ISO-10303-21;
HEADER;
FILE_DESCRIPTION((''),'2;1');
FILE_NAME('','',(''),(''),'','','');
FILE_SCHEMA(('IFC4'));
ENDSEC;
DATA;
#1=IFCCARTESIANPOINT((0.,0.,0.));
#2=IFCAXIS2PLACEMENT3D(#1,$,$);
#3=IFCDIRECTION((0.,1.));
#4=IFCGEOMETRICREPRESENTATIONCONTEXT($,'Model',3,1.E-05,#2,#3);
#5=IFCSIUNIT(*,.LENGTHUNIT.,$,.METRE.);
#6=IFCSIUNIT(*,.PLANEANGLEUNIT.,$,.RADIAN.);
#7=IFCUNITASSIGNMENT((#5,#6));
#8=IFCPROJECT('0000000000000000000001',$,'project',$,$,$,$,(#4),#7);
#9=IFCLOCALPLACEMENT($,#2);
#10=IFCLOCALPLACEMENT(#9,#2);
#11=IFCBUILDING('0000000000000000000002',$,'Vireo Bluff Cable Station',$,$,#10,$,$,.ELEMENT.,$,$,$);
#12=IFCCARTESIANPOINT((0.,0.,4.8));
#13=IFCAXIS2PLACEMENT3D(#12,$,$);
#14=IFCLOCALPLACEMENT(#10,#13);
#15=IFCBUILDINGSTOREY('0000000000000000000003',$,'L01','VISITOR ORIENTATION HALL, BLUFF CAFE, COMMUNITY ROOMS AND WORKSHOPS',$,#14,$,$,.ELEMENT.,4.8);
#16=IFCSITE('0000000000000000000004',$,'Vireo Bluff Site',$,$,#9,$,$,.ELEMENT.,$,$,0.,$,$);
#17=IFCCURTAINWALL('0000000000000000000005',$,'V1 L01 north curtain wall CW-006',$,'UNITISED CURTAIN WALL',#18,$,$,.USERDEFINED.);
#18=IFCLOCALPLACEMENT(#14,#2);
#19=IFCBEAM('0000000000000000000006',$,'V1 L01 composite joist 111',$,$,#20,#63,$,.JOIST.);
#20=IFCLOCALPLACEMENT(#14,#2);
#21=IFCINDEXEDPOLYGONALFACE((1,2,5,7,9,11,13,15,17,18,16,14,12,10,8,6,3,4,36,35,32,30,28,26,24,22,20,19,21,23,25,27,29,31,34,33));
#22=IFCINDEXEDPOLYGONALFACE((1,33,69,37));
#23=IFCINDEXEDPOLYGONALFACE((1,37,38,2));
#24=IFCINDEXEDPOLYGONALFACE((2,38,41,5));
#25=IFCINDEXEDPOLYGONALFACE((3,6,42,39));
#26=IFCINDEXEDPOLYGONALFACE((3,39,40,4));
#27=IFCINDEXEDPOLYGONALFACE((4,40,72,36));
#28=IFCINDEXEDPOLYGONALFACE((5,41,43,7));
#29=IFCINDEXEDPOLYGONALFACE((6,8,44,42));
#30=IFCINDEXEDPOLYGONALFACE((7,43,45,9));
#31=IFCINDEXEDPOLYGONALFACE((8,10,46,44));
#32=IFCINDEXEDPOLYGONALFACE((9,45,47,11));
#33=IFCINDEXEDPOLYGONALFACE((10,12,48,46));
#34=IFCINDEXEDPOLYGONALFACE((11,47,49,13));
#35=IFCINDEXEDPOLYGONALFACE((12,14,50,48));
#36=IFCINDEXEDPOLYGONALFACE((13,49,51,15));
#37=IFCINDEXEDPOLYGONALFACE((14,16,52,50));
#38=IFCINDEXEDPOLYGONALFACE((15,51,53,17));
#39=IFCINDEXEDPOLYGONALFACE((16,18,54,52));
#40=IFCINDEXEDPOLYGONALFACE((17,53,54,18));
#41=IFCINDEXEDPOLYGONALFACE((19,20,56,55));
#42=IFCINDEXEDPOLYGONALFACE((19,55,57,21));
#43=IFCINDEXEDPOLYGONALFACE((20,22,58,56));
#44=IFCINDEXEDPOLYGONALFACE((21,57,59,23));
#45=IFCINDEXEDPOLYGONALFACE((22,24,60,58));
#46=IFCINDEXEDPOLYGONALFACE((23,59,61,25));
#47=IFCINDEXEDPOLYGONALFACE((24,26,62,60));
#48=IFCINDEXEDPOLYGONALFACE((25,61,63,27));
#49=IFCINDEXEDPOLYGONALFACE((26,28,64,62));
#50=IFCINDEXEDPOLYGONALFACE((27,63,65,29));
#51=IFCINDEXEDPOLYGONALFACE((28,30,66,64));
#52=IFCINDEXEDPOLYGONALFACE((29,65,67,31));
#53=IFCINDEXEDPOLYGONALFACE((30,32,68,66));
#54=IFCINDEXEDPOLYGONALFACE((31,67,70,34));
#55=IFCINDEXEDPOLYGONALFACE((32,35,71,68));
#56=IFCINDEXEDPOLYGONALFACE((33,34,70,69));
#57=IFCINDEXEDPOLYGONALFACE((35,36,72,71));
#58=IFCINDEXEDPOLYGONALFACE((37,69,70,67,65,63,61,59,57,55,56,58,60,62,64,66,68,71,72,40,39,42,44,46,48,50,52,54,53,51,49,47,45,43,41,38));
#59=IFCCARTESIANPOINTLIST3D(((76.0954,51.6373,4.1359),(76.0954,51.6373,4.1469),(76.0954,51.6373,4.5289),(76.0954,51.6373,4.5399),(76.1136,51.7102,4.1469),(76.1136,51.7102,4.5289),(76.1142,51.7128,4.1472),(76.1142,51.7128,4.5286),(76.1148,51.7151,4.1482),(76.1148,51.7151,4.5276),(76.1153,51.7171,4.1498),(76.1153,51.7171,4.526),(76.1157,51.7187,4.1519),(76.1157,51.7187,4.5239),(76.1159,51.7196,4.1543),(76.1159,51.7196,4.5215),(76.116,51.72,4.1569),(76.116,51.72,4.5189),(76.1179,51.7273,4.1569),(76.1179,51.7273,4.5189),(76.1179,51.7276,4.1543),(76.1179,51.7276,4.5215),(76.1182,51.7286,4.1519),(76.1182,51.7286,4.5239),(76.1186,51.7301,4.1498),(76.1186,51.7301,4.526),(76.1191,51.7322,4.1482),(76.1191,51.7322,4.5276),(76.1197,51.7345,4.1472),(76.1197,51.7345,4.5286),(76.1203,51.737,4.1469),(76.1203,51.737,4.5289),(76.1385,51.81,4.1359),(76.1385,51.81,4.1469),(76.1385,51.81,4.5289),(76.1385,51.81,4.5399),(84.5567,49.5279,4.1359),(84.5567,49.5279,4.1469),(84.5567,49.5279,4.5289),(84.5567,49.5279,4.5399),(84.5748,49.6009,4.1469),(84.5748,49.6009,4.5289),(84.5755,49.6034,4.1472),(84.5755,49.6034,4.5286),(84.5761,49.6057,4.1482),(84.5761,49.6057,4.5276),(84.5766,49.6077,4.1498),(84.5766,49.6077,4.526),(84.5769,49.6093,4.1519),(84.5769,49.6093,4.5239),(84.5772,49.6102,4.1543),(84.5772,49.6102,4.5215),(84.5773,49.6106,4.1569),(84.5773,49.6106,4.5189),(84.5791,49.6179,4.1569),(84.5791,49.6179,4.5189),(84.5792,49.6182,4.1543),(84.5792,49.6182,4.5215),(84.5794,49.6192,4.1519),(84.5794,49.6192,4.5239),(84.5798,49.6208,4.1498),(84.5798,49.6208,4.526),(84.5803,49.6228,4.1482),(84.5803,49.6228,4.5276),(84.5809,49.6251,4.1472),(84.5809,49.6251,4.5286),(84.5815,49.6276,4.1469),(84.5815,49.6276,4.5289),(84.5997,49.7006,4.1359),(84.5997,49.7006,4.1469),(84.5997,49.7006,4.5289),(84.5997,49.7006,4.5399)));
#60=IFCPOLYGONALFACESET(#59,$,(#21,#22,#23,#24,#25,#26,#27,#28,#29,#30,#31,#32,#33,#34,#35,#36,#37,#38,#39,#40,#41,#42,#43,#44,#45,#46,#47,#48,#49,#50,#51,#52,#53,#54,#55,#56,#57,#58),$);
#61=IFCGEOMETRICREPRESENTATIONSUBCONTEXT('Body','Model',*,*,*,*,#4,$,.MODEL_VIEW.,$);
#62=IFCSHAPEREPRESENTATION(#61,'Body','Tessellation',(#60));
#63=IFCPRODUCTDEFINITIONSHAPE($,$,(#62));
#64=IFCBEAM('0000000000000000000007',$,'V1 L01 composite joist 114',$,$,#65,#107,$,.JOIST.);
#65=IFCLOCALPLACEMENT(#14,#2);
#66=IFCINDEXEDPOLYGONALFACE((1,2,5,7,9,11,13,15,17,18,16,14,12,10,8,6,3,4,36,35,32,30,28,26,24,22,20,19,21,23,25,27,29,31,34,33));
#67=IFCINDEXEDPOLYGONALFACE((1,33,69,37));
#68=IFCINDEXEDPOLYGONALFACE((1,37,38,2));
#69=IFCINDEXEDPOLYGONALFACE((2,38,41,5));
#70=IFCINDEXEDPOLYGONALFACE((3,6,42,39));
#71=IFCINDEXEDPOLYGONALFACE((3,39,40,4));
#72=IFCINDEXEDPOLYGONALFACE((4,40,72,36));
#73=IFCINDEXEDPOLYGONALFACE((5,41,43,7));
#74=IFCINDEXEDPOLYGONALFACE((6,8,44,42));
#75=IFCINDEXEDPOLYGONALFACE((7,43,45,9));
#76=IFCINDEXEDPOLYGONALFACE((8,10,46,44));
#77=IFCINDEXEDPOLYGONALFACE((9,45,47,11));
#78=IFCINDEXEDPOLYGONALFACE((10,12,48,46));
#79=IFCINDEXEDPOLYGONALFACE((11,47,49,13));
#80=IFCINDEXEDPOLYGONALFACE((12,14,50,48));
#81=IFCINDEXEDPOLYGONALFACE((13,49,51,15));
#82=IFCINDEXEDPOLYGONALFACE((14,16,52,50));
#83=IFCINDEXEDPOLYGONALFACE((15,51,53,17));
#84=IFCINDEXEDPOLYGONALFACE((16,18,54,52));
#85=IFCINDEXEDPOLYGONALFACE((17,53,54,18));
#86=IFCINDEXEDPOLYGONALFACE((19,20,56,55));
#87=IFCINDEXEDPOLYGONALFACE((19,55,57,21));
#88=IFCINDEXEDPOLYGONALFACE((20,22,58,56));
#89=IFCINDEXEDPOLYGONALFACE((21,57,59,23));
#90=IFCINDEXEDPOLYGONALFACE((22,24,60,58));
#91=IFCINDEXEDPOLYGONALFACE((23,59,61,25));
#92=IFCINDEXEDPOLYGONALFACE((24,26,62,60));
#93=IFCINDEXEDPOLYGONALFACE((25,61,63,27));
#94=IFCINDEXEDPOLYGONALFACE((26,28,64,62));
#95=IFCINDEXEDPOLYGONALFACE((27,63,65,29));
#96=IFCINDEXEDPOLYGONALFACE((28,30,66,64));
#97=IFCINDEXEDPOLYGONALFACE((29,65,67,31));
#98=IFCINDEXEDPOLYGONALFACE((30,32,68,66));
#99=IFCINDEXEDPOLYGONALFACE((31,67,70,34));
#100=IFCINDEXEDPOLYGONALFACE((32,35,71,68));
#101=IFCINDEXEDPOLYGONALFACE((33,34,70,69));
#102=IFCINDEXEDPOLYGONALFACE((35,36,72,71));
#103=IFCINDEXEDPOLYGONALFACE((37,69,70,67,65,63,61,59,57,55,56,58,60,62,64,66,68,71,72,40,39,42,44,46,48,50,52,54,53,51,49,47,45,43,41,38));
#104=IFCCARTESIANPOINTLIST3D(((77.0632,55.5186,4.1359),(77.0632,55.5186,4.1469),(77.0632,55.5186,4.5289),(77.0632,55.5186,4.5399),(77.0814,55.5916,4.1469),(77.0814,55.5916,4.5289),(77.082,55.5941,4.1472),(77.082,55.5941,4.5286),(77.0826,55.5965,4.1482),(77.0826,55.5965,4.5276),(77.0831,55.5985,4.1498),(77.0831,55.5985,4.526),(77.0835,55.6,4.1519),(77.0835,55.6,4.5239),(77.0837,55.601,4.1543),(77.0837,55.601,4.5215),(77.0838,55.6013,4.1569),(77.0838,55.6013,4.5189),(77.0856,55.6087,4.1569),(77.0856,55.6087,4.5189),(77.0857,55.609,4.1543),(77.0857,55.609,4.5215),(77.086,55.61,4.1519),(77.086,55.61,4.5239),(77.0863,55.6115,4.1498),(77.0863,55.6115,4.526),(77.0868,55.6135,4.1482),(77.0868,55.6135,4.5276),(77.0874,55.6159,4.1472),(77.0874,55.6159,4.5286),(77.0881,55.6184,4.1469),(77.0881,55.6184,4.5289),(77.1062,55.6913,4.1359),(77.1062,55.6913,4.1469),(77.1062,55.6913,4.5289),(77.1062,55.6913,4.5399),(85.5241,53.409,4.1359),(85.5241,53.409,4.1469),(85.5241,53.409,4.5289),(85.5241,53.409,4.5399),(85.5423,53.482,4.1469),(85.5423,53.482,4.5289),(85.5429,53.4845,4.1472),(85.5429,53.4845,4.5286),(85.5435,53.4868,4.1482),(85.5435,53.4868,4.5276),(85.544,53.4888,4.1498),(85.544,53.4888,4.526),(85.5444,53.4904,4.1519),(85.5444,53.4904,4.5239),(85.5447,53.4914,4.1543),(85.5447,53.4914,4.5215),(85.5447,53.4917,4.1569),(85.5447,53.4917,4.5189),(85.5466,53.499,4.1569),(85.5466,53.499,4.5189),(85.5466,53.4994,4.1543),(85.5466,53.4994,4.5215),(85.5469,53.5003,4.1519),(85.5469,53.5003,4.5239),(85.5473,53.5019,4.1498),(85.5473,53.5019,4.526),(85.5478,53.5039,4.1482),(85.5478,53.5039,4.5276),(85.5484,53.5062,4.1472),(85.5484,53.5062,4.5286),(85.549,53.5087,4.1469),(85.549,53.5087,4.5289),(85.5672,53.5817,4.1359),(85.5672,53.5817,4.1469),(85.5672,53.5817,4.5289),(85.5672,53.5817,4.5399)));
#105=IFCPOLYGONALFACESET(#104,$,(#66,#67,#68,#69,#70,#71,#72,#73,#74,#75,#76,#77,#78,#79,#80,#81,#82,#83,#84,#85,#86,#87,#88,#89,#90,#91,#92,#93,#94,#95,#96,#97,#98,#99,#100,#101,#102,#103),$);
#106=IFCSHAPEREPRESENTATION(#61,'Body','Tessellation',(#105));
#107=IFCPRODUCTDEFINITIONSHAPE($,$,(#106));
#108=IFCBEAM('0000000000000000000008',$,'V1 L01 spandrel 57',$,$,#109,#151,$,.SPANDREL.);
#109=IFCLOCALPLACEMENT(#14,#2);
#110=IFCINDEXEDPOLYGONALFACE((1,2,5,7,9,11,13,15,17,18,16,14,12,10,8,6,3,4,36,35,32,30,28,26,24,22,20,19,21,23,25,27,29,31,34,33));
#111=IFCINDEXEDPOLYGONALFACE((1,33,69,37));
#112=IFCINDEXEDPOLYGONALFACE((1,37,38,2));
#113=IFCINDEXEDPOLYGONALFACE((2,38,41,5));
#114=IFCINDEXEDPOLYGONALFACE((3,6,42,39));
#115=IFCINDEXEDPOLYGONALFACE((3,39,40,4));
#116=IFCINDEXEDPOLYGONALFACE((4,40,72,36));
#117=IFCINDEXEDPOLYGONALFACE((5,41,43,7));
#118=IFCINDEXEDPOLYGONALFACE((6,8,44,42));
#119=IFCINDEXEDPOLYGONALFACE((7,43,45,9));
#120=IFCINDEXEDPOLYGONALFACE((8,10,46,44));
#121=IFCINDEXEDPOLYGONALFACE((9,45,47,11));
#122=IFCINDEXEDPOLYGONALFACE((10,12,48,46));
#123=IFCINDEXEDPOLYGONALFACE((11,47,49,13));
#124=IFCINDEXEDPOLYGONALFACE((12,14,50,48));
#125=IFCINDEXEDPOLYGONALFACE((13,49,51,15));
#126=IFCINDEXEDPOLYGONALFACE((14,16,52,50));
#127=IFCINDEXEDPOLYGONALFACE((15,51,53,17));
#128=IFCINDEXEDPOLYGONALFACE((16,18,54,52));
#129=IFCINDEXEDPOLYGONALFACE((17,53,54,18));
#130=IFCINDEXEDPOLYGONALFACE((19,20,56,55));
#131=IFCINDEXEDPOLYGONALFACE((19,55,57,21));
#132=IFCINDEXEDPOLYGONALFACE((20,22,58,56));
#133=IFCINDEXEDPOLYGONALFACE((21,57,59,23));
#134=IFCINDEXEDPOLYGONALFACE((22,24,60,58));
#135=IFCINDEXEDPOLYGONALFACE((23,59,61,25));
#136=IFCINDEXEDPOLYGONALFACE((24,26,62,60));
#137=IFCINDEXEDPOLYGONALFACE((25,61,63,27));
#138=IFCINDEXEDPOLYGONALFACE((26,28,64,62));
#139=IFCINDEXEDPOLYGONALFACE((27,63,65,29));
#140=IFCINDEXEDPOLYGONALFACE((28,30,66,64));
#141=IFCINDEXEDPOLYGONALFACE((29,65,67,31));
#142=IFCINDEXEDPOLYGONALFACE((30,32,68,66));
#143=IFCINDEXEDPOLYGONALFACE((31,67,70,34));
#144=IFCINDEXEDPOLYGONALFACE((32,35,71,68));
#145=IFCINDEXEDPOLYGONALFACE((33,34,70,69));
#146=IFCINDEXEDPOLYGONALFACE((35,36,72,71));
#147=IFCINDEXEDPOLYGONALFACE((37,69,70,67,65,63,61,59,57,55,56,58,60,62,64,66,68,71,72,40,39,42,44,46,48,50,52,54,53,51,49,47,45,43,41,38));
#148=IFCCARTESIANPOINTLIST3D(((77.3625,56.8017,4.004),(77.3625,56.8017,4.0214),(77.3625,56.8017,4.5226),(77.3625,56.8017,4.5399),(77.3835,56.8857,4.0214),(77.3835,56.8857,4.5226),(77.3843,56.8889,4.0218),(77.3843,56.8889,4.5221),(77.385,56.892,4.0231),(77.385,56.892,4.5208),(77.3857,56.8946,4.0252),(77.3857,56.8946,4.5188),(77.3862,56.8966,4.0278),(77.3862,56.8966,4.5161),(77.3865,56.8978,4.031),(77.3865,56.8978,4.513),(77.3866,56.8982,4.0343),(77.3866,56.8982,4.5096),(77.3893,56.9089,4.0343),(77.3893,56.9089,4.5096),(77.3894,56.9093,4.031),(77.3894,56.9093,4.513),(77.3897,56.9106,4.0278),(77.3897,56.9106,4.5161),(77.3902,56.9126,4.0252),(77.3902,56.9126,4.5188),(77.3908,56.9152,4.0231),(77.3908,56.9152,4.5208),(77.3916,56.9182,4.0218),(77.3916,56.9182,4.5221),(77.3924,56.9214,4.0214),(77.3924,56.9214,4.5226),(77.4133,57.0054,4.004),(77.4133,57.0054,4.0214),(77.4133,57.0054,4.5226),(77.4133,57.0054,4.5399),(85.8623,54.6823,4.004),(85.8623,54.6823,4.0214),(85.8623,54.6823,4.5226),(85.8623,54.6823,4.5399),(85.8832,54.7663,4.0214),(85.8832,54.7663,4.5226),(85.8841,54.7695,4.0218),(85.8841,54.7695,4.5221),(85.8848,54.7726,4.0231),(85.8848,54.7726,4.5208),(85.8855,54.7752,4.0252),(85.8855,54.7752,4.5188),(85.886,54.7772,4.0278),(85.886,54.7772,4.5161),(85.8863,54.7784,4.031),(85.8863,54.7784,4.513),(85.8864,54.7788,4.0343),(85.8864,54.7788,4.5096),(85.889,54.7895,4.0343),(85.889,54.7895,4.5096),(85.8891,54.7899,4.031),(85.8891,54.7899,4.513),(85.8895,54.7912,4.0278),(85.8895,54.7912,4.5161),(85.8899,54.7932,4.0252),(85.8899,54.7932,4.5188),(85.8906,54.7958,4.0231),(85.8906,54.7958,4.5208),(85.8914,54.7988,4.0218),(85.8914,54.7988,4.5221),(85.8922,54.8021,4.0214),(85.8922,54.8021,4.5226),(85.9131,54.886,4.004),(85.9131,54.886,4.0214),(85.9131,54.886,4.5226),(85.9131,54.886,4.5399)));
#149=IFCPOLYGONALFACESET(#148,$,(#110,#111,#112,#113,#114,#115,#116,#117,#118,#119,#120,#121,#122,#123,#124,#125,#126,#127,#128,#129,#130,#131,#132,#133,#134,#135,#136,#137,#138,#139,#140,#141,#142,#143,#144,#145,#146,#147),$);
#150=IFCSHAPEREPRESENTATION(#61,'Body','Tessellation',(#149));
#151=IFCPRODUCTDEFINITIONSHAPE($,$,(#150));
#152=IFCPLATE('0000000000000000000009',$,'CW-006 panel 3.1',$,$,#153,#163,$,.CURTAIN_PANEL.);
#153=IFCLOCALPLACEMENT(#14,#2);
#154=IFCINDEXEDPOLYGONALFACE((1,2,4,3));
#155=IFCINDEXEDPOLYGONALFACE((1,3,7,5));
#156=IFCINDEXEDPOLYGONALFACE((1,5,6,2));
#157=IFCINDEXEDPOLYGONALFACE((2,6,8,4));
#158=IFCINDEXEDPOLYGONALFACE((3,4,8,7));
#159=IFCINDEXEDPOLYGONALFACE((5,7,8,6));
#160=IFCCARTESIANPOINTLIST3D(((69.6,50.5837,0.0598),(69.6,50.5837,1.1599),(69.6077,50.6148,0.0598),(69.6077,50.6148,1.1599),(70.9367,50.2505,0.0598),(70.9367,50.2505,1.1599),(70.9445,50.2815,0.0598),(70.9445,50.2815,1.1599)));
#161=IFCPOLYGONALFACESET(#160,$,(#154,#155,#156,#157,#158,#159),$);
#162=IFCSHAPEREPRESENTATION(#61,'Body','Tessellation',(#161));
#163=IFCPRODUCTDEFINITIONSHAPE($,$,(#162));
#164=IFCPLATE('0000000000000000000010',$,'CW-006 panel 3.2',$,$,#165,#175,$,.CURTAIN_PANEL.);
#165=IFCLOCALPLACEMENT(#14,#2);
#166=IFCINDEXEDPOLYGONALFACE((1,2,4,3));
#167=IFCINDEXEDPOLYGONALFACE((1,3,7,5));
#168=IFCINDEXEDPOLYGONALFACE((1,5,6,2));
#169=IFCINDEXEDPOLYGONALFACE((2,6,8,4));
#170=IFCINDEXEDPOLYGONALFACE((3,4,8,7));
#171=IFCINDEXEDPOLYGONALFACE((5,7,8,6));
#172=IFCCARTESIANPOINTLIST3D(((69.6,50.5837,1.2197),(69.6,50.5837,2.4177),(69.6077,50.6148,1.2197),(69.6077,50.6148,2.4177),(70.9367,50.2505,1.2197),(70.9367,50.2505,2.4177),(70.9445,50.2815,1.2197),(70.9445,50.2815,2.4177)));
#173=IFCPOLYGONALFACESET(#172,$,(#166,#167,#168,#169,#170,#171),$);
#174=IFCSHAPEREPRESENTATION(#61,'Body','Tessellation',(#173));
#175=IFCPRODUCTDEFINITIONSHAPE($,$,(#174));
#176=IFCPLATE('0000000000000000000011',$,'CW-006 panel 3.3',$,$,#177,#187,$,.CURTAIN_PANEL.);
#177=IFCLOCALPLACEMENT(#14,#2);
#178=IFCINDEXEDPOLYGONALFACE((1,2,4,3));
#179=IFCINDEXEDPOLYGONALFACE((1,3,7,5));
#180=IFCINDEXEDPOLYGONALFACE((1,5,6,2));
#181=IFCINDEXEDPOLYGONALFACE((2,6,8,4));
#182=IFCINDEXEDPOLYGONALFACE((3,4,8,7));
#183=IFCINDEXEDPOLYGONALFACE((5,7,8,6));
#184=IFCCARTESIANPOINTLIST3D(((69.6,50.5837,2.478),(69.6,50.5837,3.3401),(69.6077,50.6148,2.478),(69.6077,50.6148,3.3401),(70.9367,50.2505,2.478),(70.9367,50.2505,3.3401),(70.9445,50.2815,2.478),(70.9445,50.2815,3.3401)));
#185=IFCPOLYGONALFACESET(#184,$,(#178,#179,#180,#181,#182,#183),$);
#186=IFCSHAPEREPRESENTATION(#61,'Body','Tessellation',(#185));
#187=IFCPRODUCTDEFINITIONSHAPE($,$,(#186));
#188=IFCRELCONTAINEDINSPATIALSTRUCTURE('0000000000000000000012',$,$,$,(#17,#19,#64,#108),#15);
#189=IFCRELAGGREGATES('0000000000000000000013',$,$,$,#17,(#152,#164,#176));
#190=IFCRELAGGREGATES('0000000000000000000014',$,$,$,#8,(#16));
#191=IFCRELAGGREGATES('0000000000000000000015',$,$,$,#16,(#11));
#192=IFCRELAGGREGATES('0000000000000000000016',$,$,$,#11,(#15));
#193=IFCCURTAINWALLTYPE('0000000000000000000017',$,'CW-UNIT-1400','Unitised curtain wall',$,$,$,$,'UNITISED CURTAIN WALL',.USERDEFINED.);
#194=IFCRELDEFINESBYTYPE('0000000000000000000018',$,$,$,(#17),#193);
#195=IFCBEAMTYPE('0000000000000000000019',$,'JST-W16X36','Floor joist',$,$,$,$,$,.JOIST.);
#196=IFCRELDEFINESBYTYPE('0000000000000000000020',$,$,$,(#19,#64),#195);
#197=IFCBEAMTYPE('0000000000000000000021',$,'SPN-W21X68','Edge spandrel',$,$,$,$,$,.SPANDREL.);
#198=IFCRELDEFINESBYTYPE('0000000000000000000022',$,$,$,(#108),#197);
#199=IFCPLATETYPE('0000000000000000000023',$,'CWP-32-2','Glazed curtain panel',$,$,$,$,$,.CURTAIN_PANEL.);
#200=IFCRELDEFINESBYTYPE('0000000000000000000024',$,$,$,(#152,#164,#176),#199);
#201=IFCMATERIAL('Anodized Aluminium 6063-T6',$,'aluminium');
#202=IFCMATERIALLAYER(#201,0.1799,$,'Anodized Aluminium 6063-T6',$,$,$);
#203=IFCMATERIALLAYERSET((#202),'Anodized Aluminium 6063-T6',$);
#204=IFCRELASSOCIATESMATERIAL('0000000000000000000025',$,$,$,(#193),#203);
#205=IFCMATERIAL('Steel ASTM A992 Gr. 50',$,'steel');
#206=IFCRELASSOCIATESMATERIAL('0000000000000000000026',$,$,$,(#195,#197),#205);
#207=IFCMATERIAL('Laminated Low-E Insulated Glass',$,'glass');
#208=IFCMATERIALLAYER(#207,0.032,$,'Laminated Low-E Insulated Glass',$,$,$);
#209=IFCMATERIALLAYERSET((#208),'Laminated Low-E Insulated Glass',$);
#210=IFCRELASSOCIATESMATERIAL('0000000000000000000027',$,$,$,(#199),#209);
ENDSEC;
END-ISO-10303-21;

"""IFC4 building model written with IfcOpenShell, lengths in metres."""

from ifc_helpers import new_model, si_unit, direction, frame, origin, origin_2d, place, context, subcontext, project, spatial, rectangle, i_section, extrude, material, layer, layer_set, material_profile, profile_set, type_object, element, aggregate, save


model = new_model("IFC4")

# Units and contexts
model_context = context("Model", 3, precision=1e-05, world=origin(), true_north=direction((0.0, 1.0)))
body_context = subcontext(model_context, "Body", "Model", "MODEL_VIEW")
ifc_project = project(units=[si_unit("LENGTHUNIT", "METRE"), si_unit("PLANEANGLEUNIT", "RADIAN")], contexts=[model_context])

# Site, building, storey
site_placement = place(None, origin())
site = spatial("IfcSite", under=ifc_project, at=site_placement, Name="Vireo Bluff Site", CompositionType="ELEMENT", RefElevation=0.0)
building_placement = place(site_placement, origin())
building = spatial("IfcBuilding", under=site, at=building_placement, Name="Vireo Bluff Cable Station", CompositionType="ELEMENT")
storey_placement = place(building_placement, frame((0.0, 0.0, 4.8)))
storey = spatial("IfcBuildingStorey", under=building, at=storey_placement, Name="L01", Description="VISITOR ORIENTATION HALL, BLUFF CAFE, COMMUNITY ROOMS AND WORKSHOPS", CompositionType="ELEMENT", Elevation=4.8)

# Shared definitions
ifc_material_1 = material(Name="Steel ASTM A992 Gr. 50", Category="steel")

# Shared definitions
ifc_material_2 = material(Name="Anodized Aluminium 6063-T6", Category="aluminium")
ifc_layer_1 = layer(ifc_material_2, 0.1799, Name="Anodized Aluminium 6063-T6")
ifc_layer_set_1 = layer_set([ifc_layer_1], Name="Anodized Aluminium 6063-T6")
curtain_wall_type = type_object("IfcCurtainWallType", Name="CW-UNIT-1400", Description="Unitised curtain wall", ElementType="UNITISED CURTAIN WALL", PredefinedType="USERDEFINED", material=ifc_layer_set_1)

# Curtain wall
curtain_wall_1_placement = place(storey_placement, origin())
curtain_wall_1 = element("IfcCurtainWall", 1, at=curtain_wall_1_placement, inside=storey, type_object=curtain_wall_type, Name="V1 L01 north curtain wall CW-006", ObjectType="UNITISED CURTAIN WALL", PredefinedType="USERDEFINED")

# Beams
ifc_material_profile_1 = material_profile(ifc_material_1, i_section(OverallWidth=0.178, OverallDepth=0.4041, WebThickness=0.0076, FlangeThickness=0.011, FilletRadius=0.01, at=origin_2d()), Name="W16X36")
ifc_profile_set_1 = profile_set([ifc_material_profile_1], Name="Steel ASTM A992 Gr. 50")
beam_type_1 = type_object("IfcBeamType", Name="JST-W16X36", Description="Floor joist", PredefinedType="JOIST", material=ifc_profile_set_1)
beam_1_placement = place(storey_placement, frame((76.1169, 51.7236, 4.3379), z_axis=(0.970302, -0.241897, 0.0), x_axis=(0.241897, 0.970302, 0.0)))
element("IfcBeam", 2, at=beam_1_placement, inside=storey, type_object=beam_type_1, Name="V1 L01 composite joist 111", PredefinedType="JOIST", context=body_context, shape_type="SweptSolid", body=[
    extrude(i_section(OverallWidth=0.178, OverallDepth=0.4041, WebThickness=0.0076, FlangeThickness=0.011, FilletRadius=0.01, at=origin_2d()), origin(), (0.0, 0.0, 1.0), 8.7202),
])
beam_2_placement = place(storey_placement, frame((77.0847, 55.605, 4.3379), z_axis=(0.970294, -0.24193, 0.0), x_axis=(0.24193, 0.970294, 0.0)))
element("IfcBeam", 3, at=beam_2_placement, inside=storey, type_object=beam_type_1, Name="V1 L01 composite joist 114", PredefinedType="JOIST", context=body_context, shape_type="SweptSolid", body=[
    extrude(i_section(OverallWidth=0.178, OverallDepth=0.4041, WebThickness=0.0076, FlangeThickness=0.011, FilletRadius=0.01, at=origin_2d()), origin(), (0.0, 0.0, 1.0), 8.72),
])
ifc_material_profile_2 = material_profile(ifc_material_1, i_section(OverallWidth=0.21, OverallDepth=0.5359, WebThickness=0.011, FlangeThickness=0.0173, FilletRadius=0.0129, at=origin_2d()), Name="W21X68")
ifc_profile_set_2 = profile_set([ifc_material_profile_2], Name="Steel ASTM A992 Gr. 50")
beam_type_2 = type_object("IfcBeamType", Name="SPN-W21X68", Description="Edge spandrel", PredefinedType="SPANDREL", material=ifc_profile_set_2)
beam_3_placement = place(storey_placement, frame((77.3879, 56.9036, 4.272), z_axis=(0.970292, -0.241939, 0.0), x_axis=(0.241939, 0.970292, 0.0)))
element("IfcBeam", 4, at=beam_3_placement, inside=storey, type_object=beam_type_2, Name="V1 L01 spandrel 57", PredefinedType="SPANDREL", context=body_context, shape_type="SweptSolid", body=[
    extrude(i_section(OverallWidth=0.21, OverallDepth=0.5359, WebThickness=0.011, FlangeThickness=0.0173, FilletRadius=0.0129, at=origin_2d()), origin(), (0.0, 0.0, 1.0), 8.76),
])

# Plates
ifc_material_3 = material(Name="Laminated Low-E Insulated Glass", Category="glass")
ifc_layer_2 = layer(ifc_material_3, 0.032, Name="Laminated Low-E Insulated Glass")
ifc_layer_set_2 = layer_set([ifc_layer_2], Name="Laminated Low-E Insulated Glass")
plate_type = type_object("IfcPlateType", Name="CWP-32-2", Description="Glazed curtain panel", PredefinedType="CURTAIN_PANEL", material=ifc_layer_set_2)
plate_1_placement = place(storey_placement, frame((70.2722, 50.4326, 0.0598), z_axis=(0.0, 0.0, 1.0), x_axis=(0.970296, -0.241922, 0.0)))
plate_1 = element("IfcPlate", 5, at=plate_1_placement, type_object=plate_type, Name="CW-006 panel 3.1", PredefinedType="CURTAIN_PANEL", context=body_context, shape_type="SweptSolid", body=[
    extrude(rectangle(XDim=1.3777, YDim=0.032, at=origin_2d()), origin(), (0.0, 0.0, 1.0), 1.1001),
])
plate_2_placement = place(storey_placement, frame((70.2722, 50.4326, 1.2197), z_axis=(0.0, 0.0, 1.0), x_axis=(0.970296, -0.241922, 0.0)))
plate_2 = element("IfcPlate", 6, at=plate_2_placement, type_object=plate_type, Name="CW-006 panel 3.2", PredefinedType="CURTAIN_PANEL", context=body_context, shape_type="SweptSolid", body=[
    extrude(rectangle(XDim=1.3777, YDim=0.032, at=origin_2d()), origin(), (0.0, 0.0, 1.0), 1.198),
])
plate_3_placement = place(storey_placement, frame((70.2722, 50.4326, 2.478), z_axis=(0.0, 0.0, 1.0), x_axis=(0.970296, -0.241922, 0.0)))
plate_3 = element("IfcPlate", 7, at=plate_3_placement, type_object=plate_type, Name="CW-006 panel 3.3", PredefinedType="CURTAIN_PANEL", context=body_context, shape_type="SweptSolid", body=[
    extrude(rectangle(XDim=1.3777, YDim=0.032, at=origin_2d()), origin(), (0.0, 0.0, 1.0), 0.8621),
])
aggregate(curtain_wall_1, [plate_1, plate_2, plate_3])

save(model, "model.ifc")
